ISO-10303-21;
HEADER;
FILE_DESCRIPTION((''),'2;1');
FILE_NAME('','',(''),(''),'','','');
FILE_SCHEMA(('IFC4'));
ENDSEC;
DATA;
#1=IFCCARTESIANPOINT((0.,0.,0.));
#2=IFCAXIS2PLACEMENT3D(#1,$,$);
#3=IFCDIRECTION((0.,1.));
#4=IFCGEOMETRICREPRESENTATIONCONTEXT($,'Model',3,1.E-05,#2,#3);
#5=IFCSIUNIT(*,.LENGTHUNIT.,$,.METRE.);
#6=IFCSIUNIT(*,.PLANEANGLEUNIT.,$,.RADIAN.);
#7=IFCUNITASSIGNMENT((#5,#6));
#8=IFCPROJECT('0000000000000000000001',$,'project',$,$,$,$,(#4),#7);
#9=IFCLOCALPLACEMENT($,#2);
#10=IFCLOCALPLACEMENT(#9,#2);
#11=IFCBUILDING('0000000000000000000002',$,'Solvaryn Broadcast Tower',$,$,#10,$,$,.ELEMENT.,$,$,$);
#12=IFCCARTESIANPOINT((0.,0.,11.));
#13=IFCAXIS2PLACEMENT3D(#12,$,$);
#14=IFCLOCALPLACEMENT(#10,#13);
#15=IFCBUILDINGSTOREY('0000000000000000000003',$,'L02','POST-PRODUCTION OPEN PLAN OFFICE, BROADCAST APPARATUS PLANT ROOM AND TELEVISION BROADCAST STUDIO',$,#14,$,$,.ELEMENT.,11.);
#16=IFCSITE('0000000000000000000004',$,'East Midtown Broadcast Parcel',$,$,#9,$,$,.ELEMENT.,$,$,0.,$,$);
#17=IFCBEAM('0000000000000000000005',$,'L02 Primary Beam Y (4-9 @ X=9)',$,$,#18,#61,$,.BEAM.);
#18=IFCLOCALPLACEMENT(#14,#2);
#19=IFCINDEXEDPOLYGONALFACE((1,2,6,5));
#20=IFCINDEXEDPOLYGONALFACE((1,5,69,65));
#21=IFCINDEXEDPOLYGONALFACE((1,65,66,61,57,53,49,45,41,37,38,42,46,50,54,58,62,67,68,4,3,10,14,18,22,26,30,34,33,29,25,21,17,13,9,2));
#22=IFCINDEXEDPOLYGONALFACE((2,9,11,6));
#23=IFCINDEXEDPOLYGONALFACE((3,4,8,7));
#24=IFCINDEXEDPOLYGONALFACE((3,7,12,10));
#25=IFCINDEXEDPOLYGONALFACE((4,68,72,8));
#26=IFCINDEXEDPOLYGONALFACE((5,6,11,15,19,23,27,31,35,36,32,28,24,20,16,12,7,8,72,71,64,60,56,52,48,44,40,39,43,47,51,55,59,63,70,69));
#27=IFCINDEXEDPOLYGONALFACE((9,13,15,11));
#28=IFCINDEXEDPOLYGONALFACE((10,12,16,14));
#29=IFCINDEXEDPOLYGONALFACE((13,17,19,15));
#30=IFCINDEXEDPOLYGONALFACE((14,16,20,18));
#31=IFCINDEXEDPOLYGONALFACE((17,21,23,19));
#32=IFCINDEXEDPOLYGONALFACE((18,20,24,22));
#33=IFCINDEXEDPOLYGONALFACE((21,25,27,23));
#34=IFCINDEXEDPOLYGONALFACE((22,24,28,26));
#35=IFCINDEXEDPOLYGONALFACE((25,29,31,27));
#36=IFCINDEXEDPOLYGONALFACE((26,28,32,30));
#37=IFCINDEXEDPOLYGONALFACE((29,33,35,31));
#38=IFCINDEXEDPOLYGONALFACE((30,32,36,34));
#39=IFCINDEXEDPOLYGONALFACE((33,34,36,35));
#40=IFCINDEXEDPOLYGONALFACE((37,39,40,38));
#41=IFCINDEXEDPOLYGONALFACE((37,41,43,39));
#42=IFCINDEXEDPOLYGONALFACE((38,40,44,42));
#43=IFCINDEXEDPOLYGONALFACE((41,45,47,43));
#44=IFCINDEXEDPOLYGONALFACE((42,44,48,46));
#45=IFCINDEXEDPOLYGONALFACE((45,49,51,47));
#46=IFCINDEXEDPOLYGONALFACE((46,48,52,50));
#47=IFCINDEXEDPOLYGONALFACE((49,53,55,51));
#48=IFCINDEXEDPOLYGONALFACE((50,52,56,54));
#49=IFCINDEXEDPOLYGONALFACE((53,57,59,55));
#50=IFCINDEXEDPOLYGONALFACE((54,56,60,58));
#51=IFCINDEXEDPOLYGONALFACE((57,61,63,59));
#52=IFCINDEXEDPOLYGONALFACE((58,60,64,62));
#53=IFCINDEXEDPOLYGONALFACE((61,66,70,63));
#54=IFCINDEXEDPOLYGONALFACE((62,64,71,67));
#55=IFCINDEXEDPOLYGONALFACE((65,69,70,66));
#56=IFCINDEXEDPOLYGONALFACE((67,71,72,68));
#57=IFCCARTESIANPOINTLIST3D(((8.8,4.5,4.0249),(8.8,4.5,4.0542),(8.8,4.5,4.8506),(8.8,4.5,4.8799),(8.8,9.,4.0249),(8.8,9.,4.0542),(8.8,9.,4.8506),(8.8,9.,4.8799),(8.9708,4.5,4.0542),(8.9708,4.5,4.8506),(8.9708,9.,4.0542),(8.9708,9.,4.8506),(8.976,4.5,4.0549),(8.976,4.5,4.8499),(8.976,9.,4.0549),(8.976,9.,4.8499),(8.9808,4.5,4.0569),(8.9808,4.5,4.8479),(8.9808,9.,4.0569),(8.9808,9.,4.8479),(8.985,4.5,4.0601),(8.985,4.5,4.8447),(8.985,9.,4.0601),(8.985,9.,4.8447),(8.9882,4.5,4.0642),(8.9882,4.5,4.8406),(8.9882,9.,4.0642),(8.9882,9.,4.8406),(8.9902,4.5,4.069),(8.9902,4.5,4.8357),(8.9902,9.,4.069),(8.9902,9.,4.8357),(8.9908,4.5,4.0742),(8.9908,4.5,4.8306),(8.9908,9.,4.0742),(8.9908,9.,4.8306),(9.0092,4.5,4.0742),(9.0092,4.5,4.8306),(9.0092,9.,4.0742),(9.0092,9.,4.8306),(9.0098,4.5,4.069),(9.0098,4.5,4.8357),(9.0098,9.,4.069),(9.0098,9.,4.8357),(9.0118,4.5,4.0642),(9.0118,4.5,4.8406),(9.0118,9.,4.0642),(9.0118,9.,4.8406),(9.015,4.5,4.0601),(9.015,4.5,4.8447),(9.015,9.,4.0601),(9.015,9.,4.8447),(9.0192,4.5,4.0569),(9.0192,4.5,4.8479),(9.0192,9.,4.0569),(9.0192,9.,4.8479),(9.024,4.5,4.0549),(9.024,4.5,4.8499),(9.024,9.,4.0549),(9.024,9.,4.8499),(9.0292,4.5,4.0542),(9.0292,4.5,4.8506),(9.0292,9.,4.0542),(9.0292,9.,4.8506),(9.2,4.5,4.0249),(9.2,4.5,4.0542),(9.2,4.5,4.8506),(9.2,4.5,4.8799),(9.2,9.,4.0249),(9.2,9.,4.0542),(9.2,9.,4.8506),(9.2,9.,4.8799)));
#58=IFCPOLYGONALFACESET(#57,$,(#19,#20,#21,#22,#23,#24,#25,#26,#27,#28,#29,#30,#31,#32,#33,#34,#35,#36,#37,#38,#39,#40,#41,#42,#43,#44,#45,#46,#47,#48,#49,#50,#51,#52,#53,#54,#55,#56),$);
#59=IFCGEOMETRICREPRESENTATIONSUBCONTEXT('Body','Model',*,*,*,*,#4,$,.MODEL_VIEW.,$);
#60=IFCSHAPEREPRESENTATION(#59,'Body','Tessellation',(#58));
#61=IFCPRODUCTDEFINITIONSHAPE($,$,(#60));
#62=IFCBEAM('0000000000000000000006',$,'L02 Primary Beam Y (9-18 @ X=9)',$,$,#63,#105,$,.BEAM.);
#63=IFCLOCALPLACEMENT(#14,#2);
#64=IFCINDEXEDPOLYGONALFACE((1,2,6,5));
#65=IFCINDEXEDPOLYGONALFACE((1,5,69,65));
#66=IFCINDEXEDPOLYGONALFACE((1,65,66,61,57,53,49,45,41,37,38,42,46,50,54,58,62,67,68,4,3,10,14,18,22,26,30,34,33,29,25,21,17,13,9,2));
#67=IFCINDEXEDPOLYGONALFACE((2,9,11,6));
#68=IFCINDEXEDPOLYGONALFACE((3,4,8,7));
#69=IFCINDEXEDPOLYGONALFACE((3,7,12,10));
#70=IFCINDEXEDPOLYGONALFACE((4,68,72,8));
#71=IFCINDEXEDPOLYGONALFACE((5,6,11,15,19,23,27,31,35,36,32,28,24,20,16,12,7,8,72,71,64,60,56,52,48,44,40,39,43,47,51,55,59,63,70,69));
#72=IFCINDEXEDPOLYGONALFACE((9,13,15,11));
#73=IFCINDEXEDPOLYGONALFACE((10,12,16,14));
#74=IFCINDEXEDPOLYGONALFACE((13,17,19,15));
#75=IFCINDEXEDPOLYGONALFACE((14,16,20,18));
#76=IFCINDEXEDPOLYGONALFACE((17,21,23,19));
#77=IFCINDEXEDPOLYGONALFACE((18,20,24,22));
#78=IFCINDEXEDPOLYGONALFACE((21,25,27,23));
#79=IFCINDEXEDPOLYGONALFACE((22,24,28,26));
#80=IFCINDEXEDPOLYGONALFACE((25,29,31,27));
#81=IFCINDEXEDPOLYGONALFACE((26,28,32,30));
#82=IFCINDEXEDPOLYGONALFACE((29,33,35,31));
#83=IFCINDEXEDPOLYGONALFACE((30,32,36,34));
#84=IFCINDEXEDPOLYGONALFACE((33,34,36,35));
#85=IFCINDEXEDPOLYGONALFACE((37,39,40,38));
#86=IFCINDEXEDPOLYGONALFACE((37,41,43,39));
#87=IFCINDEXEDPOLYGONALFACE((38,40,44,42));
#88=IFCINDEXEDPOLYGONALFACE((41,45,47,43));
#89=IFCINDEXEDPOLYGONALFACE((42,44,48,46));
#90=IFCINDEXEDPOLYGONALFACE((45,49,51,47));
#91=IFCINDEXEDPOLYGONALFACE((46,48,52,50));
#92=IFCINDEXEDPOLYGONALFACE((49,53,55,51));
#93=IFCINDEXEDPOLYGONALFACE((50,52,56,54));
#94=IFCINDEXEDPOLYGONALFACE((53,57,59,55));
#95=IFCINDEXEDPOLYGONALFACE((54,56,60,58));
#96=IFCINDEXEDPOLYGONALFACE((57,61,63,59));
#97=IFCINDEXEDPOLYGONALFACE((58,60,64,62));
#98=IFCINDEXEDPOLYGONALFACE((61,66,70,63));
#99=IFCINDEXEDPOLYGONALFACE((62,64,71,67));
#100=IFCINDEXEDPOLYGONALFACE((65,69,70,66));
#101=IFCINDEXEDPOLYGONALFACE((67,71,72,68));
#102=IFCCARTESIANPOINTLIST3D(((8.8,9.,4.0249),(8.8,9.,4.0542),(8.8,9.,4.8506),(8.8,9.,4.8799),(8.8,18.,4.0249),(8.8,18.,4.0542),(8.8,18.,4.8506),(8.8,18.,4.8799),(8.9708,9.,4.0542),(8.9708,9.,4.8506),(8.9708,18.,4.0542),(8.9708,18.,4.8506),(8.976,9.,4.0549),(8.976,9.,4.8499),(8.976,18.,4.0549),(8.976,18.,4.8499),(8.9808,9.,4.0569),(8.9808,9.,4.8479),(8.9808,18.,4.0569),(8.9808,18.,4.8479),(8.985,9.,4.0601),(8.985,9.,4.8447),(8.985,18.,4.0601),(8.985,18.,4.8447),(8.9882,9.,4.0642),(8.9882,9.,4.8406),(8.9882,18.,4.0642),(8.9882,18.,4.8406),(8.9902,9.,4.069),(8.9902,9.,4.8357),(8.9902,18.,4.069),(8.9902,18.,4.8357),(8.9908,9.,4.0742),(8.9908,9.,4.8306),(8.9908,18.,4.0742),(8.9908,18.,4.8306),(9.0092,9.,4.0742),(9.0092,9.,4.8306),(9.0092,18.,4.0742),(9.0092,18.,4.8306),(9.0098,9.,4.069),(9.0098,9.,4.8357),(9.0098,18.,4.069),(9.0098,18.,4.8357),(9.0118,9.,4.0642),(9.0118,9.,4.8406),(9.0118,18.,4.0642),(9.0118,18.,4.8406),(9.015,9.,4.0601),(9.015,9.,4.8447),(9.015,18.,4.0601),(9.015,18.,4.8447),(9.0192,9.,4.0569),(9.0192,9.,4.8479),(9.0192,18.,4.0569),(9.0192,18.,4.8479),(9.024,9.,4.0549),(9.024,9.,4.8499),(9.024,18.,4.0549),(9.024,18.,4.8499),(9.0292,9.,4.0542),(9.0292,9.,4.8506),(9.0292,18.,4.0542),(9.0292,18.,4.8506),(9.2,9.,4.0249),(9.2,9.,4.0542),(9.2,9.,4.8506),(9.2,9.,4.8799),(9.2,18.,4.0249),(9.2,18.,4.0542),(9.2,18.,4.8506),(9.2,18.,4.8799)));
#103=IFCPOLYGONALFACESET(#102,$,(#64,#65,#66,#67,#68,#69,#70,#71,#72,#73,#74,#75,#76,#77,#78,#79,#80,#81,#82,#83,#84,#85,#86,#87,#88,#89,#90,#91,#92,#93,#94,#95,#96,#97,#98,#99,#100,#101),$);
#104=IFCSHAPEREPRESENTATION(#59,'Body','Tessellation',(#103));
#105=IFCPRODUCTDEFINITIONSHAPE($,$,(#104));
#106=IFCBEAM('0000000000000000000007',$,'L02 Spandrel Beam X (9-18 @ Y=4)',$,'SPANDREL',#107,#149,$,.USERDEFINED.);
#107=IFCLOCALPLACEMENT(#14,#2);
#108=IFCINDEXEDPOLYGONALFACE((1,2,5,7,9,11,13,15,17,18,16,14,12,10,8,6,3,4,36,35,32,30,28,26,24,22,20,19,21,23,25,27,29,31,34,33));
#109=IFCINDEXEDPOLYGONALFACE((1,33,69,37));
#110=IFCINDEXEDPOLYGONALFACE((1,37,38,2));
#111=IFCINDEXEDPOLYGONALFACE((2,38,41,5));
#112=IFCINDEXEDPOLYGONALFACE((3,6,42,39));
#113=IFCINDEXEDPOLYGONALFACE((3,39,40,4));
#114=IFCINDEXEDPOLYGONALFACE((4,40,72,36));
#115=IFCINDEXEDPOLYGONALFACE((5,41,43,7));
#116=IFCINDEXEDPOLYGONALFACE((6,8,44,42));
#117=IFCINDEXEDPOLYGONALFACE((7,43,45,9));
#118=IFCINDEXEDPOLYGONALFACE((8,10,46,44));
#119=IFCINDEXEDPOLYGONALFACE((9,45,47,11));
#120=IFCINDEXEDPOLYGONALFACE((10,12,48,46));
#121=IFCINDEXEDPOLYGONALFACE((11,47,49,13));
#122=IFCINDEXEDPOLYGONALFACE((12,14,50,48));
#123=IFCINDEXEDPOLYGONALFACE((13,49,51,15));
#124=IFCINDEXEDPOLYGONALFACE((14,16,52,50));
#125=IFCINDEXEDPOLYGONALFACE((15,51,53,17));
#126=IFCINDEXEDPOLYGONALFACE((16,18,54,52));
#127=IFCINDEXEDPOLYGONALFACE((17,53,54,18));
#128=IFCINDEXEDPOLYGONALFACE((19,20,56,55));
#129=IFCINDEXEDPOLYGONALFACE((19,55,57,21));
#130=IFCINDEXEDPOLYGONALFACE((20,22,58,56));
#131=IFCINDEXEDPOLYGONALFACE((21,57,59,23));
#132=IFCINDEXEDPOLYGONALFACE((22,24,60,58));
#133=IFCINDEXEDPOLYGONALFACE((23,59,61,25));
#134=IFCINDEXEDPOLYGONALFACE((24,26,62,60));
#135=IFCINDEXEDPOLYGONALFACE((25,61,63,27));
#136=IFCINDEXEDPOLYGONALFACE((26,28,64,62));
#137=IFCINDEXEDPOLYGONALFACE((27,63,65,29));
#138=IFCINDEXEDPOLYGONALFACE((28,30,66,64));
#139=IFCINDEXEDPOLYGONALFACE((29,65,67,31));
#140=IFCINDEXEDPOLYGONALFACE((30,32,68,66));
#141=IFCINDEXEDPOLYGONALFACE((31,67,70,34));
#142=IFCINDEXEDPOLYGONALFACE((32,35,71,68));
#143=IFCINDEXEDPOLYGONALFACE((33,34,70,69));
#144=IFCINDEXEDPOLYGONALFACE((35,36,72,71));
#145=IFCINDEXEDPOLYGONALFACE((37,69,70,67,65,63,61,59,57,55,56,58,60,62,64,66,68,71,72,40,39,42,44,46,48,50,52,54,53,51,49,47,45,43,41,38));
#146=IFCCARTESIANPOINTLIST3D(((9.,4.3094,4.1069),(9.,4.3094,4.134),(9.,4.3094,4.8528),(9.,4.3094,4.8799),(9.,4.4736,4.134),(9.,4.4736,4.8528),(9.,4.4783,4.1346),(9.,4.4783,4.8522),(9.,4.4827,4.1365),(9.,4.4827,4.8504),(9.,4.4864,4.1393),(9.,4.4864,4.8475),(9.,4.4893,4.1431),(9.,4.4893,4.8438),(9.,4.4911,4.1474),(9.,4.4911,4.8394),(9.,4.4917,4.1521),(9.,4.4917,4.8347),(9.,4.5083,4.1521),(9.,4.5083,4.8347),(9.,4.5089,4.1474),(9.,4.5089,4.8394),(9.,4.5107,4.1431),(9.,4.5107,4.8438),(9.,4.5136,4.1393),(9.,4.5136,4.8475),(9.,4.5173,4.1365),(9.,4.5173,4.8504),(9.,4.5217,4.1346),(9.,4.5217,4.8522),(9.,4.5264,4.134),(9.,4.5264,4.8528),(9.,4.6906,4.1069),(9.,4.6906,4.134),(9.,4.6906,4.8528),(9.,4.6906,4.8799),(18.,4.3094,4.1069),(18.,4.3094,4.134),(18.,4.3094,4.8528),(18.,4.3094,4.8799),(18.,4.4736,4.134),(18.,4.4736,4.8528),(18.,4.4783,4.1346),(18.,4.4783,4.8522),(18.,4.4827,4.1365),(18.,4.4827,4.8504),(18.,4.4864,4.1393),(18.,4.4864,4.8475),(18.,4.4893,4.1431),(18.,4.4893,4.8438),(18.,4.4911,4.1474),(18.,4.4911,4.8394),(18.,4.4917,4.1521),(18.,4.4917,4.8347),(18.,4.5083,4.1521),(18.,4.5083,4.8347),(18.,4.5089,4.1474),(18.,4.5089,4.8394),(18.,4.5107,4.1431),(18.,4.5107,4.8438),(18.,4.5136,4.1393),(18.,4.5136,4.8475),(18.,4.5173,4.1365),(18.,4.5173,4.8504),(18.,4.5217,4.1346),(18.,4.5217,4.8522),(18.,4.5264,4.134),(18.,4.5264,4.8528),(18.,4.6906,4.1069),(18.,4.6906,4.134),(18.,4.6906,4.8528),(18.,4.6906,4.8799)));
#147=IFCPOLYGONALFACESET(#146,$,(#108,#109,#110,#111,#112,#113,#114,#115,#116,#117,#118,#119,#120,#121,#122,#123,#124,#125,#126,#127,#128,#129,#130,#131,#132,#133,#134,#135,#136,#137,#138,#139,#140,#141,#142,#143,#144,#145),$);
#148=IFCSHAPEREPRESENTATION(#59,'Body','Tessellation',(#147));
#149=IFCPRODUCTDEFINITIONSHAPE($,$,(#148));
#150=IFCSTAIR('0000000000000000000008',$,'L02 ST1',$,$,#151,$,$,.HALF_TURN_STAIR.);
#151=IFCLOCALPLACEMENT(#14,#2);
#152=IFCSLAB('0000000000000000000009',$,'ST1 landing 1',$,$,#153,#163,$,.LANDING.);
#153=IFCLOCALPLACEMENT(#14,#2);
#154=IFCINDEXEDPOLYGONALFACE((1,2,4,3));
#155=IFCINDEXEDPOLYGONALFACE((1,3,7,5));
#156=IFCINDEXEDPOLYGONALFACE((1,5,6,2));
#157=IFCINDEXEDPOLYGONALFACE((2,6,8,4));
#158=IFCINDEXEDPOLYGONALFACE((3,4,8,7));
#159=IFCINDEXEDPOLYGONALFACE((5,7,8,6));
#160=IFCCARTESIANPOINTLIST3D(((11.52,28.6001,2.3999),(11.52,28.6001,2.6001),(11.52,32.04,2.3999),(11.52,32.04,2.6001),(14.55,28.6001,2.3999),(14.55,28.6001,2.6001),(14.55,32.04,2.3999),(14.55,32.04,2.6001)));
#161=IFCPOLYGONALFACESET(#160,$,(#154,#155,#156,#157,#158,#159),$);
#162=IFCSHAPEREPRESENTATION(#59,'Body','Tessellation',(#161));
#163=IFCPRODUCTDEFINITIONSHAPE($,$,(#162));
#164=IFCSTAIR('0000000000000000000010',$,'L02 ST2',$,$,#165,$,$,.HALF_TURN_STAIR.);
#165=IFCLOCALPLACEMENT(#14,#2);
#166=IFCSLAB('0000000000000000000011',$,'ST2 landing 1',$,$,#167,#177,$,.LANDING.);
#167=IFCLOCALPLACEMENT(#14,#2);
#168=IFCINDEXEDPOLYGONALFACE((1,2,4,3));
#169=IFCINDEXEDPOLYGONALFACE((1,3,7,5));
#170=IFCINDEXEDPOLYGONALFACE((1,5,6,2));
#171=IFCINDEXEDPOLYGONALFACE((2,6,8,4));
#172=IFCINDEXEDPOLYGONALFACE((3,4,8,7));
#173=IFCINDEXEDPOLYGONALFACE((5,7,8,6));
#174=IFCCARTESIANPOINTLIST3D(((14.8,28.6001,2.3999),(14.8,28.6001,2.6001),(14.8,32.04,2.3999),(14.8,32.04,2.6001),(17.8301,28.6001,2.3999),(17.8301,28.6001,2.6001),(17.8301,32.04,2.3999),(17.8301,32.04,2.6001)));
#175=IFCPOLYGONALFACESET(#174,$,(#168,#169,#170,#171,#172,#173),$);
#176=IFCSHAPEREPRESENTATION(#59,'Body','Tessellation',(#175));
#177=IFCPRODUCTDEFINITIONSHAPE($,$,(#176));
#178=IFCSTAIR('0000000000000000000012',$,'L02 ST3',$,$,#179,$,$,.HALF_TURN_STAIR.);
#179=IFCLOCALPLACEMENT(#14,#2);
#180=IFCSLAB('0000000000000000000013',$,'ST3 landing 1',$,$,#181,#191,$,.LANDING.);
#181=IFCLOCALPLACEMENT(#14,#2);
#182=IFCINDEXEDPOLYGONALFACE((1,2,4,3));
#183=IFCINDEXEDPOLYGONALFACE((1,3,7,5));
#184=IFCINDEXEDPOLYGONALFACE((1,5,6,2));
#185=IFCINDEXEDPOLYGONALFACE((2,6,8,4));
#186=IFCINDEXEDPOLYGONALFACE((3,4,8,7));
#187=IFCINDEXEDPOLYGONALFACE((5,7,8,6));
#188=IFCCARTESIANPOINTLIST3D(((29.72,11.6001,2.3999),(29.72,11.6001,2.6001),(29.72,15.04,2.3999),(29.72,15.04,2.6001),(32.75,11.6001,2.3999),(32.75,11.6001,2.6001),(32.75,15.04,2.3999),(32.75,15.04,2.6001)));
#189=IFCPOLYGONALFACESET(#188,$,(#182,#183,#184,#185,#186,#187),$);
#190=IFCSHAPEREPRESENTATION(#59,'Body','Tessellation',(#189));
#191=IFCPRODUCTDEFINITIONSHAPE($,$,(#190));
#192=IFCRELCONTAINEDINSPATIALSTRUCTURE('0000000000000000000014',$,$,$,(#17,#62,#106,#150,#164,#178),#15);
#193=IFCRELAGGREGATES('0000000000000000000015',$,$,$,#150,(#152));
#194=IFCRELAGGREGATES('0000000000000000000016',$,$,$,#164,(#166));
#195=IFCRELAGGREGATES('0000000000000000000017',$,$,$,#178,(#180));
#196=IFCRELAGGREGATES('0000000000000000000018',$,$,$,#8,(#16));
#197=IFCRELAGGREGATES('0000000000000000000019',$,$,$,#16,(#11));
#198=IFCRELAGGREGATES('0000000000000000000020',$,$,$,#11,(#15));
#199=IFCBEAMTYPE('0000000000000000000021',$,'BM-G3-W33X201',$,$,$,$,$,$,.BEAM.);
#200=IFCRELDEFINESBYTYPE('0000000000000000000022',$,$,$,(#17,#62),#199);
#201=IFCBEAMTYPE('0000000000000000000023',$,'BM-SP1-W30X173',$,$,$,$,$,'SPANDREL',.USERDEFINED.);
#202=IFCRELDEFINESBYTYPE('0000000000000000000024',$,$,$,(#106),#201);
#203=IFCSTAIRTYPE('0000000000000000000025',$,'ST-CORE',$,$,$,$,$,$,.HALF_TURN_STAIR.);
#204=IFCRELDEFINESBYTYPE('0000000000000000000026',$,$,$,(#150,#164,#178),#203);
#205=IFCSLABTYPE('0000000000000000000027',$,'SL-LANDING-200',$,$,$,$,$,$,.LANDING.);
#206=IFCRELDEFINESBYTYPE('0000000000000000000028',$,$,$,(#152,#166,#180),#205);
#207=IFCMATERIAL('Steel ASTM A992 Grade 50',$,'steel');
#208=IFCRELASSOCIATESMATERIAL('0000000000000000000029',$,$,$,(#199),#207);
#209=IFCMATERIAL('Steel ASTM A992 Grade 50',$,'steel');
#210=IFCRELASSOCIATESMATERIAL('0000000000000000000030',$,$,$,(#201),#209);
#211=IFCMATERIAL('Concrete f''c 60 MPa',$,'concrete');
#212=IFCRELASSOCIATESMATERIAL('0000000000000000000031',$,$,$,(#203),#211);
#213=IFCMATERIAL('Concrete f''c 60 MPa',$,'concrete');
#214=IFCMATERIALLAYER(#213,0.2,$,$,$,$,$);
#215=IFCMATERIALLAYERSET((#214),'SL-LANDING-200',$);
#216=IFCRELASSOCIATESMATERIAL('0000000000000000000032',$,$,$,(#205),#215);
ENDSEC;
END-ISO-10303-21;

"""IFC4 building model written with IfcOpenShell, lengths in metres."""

from ifc_helpers import new_model, si_unit, direction, frame, origin, origin_2d, place, context, subcontext, project, spatial, polyline, i_section, outline, extrude, material, layer, layer_set, material_profile, profile_set, type_object, element, aggregate, save


model = new_model("IFC4")

# Units and contexts
model_context = context("Model", 3, precision=1e-05, world=origin(), true_north=direction((0.0, 1.0)))
body_context = subcontext(model_context, "Body", "Model", "MODEL_VIEW")
ifc_project = project(units=[si_unit("LENGTHUNIT", "METRE"), si_unit("PLANEANGLEUNIT", "RADIAN")], contexts=[model_context])

# Site, building, storey
site_placement = place(None, origin())
site = spatial("IfcSite", under=ifc_project, at=site_placement, Name="East Midtown Broadcast Parcel", CompositionType="ELEMENT", RefElevation=0.0)
building_placement = place(site_placement, origin())
building = spatial("IfcBuilding", under=site, at=building_placement, Name="Solvaryn Broadcast Tower", CompositionType="ELEMENT")
storey_placement = place(building_placement, frame((0.0, 0.0, 11.0)))
storey = spatial("IfcBuildingStorey", under=building, at=storey_placement, Name="L02", Description="POST-PRODUCTION OPEN PLAN OFFICE, BROADCAST APPARATUS PLANT ROOM AND TELEVISION BROADCAST STUDIO", CompositionType="ELEMENT", Elevation=11.0)

# Beams
ifc_material_1 = material(Name="Steel ASTM A992 Grade 50", Category="steel")
ifc_material_profile_1 = material_profile(ifc_material_1, i_section(OverallWidth=0.3999, OverallDepth=0.855, WebThickness=0.0183, FlangeThickness=0.0293, FilletRadius=0.02, at=origin_2d()))
ifc_profile_set_1 = profile_set([ifc_material_profile_1], Name="Steel ASTM A992 Grade 50")
beam_type_1 = type_object("IfcBeamType", Name="BM-G3-W33X201", PredefinedType="BEAM", material=ifc_profile_set_1)
beam_1_placement = place(storey_placement, frame((9.0, 4.5, 4.4524), z_axis=(0.0, 1.0, 0.0), x_axis=(-1.0, 0.0, 0.0)))
element("IfcBeam", 1, at=beam_1_placement, inside=storey, type_object=beam_type_1, Name="L02 Primary Beam Y (4-9 @ X=9)", PredefinedType="BEAM", context=body_context, shape_type="SweptSolid", body=[
    extrude(i_section(OverallWidth=0.3999, OverallDepth=0.855, WebThickness=0.0183, FlangeThickness=0.0293, FilletRadius=0.02, at=origin_2d()), origin(), (0.0, 0.0, 1.0), 4.5),
])
beam_2_placement = place(storey_placement, frame((9.0, 9.0, 4.4524), z_axis=(0.0, 1.0, 0.0), x_axis=(-1.0, 0.0, 0.0)))
element("IfcBeam", 2, at=beam_2_placement, inside=storey, type_object=beam_type_1, Name="L02 Primary Beam Y (9-18 @ X=9)", PredefinedType="BEAM", context=body_context, shape_type="SweptSolid", body=[
    extrude(i_section(OverallWidth=0.3999, OverallDepth=0.855, WebThickness=0.0183, FlangeThickness=0.0293, FilletRadius=0.02, at=origin_2d()), origin(), (0.0, 0.0, 1.0), 9.0),
])
ifc_material_2 = material(Name="Steel ASTM A992 Grade 50", Category="steel")
ifc_material_profile_2 = material_profile(ifc_material_2, i_section(OverallWidth=0.3811, OverallDepth=0.7729, WebThickness=0.0166, FlangeThickness=0.0271, FilletRadius=0.0181, at=origin_2d()))
ifc_profile_set_2 = profile_set([ifc_material_profile_2], Name="Steel ASTM A992 Grade 50")
beam_type_2 = type_object("IfcBeamType", Name="BM-SP1-W30X173", ElementType="SPANDREL", PredefinedType="USERDEFINED", material=ifc_profile_set_2)
beam_3_placement = place(storey_placement, frame((9.0, 4.5, 4.4934), z_axis=(1.0, 0.0, 0.0), x_axis=(0.0, 1.0, 0.0)))
element("IfcBeam", 3, at=beam_3_placement, inside=storey, type_object=beam_type_2, Name="L02 Spandrel Beam X (9-18 @ Y=4)", ObjectType="SPANDREL", PredefinedType="USERDEFINED", context=body_context, shape_type="SweptSolid", body=[
    extrude(i_section(OverallWidth=0.3811, OverallDepth=0.7729, WebThickness=0.0166, FlangeThickness=0.0271, FilletRadius=0.0181, at=origin_2d()), origin(), (0.0, 0.0, 1.0), 9.0),
])

# Stairs, slabs
ifc_material_3 = material(Name="Concrete f'c 60 MPa", Category="concrete")
stair_type = type_object("IfcStairType", Name="ST-CORE", PredefinedType="HALF_TURN_STAIR", material=ifc_material_3)
stair_1_placement = place(storey_placement, origin())
stair_1 = element("IfcStair", 4, at=stair_1_placement, inside=storey, type_object=stair_type, Name="L02 ST1", PredefinedType="HALF_TURN_STAIR")
ifc_material_4 = material(Name="Concrete f'c 60 MPa", Category="concrete")
ifc_layer_1 = layer(ifc_material_4, 0.2)
ifc_layer_set_1 = layer_set([ifc_layer_1], Name="SL-LANDING-200")
slab_type_1 = type_object("IfcSlabType", Name="SL-LANDING-200", PredefinedType="LANDING", material=ifc_layer_set_1)
slab_1_placement = place(storey_placement, frame((0.0, 0.0, 2.3999)))
slab_1 = element("IfcSlab", 5, at=slab_1_placement, type_object=slab_type_1, Name="ST1 landing 1", PredefinedType="LANDING", context=body_context, shape_type="SweptSolid", body=[
    extrude(outline(polyline([(11.52, 32.04), (11.52, 28.6001), (14.55, 28.6001), (14.55, 32.04), (11.52, 32.04)])), origin(), (0.0, 0.0, 1.0), 0.2002),
])
aggregate(stair_1, [slab_1])
stair_2_placement = place(storey_placement, origin())
stair_2 = element("IfcStair", 6, at=stair_2_placement, inside=storey, type_object=stair_type, Name="L02 ST2", PredefinedType="HALF_TURN_STAIR")
slab_2_placement = place(storey_placement, frame((0.0, 0.0, 2.3999)))
slab_2 = element("IfcSlab", 7, at=slab_2_placement, type_object=slab_type_1, Name="ST2 landing 1", PredefinedType="LANDING", context=body_context, shape_type="SweptSolid", body=[
    extrude(outline(polyline([(14.8, 32.04), (14.8, 28.6001), (17.8301, 28.6001), (17.8301, 32.04), (14.8, 32.04)])), origin(), (0.0, 0.0, 1.0), 0.2002),
])
aggregate(stair_2, [slab_2])
stair_3_placement = place(storey_placement, origin())
stair_3 = element("IfcStair", 8, at=stair_3_placement, inside=storey, type_object=stair_type, Name="L02 ST3", PredefinedType="HALF_TURN_STAIR")
slab_3_placement = place(storey_placement, frame((0.0, 0.0, 2.3999)))
slab_3 = element("IfcSlab", 9, at=slab_3_placement, type_object=slab_type_1, Name="ST3 landing 1", PredefinedType="LANDING", context=body_context, shape_type="SweptSolid", body=[
    extrude(outline(polyline([(29.72, 15.04), (29.72, 11.6001), (32.75, 11.6001), (32.75, 15.04), (29.72, 15.04)])), origin(), (0.0, 0.0, 1.0), 0.2002),
])
aggregate(stair_3, [slab_3])

save(model, "model.ifc")
